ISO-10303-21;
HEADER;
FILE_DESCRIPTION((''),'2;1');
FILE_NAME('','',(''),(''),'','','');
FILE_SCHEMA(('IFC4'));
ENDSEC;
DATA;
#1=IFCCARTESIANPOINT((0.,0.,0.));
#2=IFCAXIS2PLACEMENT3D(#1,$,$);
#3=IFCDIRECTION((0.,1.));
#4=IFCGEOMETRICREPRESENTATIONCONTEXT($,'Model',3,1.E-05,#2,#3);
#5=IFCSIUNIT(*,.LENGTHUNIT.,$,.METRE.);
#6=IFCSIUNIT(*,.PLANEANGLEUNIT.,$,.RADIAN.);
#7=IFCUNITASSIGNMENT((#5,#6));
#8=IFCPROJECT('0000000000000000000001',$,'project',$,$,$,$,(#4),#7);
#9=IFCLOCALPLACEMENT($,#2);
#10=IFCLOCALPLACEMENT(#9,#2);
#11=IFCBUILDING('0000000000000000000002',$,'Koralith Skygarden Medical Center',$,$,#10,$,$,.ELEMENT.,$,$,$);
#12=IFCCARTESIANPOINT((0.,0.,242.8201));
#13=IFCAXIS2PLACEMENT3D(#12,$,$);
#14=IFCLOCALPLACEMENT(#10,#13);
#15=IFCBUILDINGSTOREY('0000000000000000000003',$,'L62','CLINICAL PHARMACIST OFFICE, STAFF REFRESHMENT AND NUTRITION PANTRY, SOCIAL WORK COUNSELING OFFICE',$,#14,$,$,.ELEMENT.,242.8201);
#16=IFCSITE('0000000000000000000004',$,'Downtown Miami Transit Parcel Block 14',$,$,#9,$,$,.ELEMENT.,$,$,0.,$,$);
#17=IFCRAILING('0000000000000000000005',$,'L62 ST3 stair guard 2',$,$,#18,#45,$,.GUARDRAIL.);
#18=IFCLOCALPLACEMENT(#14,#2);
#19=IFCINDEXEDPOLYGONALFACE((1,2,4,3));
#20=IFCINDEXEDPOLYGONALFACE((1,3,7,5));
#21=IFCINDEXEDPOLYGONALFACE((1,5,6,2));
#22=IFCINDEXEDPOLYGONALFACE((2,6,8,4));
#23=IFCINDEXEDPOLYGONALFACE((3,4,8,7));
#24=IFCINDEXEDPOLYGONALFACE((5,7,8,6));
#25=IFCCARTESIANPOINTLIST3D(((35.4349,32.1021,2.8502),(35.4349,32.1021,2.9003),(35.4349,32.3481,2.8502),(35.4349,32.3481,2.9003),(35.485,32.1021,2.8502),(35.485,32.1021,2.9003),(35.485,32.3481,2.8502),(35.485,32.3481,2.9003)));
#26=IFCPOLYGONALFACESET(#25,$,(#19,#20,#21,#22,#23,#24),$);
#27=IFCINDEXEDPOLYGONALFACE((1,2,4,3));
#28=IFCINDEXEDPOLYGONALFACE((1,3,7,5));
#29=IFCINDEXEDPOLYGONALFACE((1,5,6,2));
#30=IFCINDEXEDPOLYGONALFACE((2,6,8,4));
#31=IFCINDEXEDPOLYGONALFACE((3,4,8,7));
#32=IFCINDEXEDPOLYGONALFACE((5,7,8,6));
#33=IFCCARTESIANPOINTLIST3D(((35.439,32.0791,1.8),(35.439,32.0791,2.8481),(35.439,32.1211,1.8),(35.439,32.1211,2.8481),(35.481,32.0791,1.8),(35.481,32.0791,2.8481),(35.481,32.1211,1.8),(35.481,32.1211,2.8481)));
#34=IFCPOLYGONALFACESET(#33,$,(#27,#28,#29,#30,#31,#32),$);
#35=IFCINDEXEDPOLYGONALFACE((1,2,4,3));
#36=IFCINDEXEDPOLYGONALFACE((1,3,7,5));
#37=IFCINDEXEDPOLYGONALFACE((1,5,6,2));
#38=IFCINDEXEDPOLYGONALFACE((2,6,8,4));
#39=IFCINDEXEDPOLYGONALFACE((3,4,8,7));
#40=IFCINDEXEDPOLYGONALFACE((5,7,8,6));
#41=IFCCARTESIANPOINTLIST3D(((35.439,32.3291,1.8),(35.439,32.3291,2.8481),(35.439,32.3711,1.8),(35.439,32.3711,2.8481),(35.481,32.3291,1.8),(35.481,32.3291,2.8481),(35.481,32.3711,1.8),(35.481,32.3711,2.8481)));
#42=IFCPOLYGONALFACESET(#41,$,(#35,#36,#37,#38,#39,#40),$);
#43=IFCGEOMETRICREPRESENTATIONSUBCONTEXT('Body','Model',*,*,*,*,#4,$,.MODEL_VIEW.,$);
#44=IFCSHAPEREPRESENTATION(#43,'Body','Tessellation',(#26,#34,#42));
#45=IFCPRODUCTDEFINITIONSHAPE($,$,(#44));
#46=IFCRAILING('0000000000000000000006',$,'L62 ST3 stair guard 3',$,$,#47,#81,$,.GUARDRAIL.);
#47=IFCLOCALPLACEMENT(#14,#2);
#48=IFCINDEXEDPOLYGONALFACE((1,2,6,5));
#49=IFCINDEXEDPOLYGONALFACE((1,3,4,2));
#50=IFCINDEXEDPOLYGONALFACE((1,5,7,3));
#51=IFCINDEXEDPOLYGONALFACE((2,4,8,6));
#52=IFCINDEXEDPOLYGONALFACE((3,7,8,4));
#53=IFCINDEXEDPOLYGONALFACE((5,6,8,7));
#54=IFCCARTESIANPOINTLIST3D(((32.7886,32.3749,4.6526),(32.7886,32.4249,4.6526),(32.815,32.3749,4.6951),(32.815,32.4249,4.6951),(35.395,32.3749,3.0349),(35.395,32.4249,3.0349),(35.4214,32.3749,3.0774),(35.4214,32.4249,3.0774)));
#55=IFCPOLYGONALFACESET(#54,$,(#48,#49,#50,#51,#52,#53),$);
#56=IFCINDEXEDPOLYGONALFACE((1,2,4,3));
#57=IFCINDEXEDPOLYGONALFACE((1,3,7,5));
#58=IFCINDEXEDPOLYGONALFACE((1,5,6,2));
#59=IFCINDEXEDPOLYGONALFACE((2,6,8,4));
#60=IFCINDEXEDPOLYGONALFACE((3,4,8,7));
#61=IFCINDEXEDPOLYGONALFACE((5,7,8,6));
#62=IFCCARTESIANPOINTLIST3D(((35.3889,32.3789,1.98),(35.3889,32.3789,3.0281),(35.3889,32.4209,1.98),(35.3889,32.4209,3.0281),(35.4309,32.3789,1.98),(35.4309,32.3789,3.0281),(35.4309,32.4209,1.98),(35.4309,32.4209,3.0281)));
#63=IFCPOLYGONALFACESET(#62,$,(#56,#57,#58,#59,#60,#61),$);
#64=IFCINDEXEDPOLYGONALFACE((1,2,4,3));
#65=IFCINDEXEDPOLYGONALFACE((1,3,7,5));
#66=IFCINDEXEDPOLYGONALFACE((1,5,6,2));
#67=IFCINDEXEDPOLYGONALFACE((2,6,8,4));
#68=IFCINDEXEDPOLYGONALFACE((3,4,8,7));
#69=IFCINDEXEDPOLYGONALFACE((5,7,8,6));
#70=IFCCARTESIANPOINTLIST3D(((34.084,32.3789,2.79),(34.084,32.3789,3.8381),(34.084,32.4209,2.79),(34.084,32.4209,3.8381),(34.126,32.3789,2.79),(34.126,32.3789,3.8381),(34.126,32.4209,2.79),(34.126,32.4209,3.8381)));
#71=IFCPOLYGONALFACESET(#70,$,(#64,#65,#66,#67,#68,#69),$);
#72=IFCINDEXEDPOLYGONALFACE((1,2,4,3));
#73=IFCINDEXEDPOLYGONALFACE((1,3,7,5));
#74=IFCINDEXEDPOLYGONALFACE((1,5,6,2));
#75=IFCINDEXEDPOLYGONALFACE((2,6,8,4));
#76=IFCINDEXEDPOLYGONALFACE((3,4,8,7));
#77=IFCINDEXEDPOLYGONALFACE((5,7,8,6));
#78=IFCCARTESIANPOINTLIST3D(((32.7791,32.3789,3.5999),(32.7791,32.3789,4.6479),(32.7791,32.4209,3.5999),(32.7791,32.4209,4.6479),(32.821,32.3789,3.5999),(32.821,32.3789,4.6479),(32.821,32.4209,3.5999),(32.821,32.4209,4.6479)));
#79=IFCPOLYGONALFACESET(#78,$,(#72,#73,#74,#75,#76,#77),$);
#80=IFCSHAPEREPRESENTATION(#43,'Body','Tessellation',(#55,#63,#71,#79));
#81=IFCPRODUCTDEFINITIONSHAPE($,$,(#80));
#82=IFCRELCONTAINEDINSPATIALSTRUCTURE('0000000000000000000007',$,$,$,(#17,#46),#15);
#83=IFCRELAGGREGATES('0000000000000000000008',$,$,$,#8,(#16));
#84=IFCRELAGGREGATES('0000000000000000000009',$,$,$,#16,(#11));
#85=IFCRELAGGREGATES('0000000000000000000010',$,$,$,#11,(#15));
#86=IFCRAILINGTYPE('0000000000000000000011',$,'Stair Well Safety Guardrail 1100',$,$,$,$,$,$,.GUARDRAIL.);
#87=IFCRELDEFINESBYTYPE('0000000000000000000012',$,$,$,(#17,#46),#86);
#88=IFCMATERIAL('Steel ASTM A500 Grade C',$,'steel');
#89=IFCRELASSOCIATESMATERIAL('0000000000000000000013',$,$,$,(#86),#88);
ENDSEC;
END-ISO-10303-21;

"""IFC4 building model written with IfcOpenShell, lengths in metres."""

from ifc_helpers import new_model, si_unit, direction, frame, origin, origin_2d, place, context, subcontext, project, spatial, rectangle, extrude, material, type_object, element, save


model = new_model("IFC4")

# Units and contexts
model_context = context("Model", 3, precision=1e-05, world=origin(), true_north=direction((0.0, 1.0)))
body_context = subcontext(model_context, "Body", "Model", "MODEL_VIEW")
ifc_project = project(units=[si_unit("LENGTHUNIT", "METRE"), si_unit("PLANEANGLEUNIT", "RADIAN")], contexts=[model_context])

# Site, building, storey
site_placement = place(None, origin())
site = spatial("IfcSite", under=ifc_project, at=site_placement, Name="Downtown Miami Transit Parcel Block 14", CompositionType="ELEMENT", RefElevation=0.0)
building_placement = place(site_placement, origin())
building = spatial("IfcBuilding", under=site, at=building_placement, Name="Koralith Skygarden Medical Center", CompositionType="ELEMENT")
storey_placement = place(building_placement, frame((0.0, 0.0, 242.8201)))
storey = spatial("IfcBuildingStorey", under=building, at=storey_placement, Name="L62", Description="CLINICAL PHARMACIST OFFICE, STAFF REFRESHMENT AND NUTRITION PANTRY, SOCIAL WORK COUNSELING OFFICE", CompositionType="ELEMENT", Elevation=242.8201)

# Railings
ifc_material_1 = material(Name="Steel ASTM A500 Grade C", Category="steel")
railing_type_1 = type_object("IfcRailingType", Name="Stair Well Safety Guardrail 1100", PredefinedType="GUARDRAIL", material=ifc_material_1)
railing_1_placement = place(storey_placement, frame((35.46, 32.1001, 1.8)))
element("IfcRailing", 1, at=railing_1_placement, inside=storey, type_object=railing_type_1, Name="L62 ST3 stair guard 2", PredefinedType="GUARDRAIL", context=body_context, shape_type="SweptSolid", body=[
    extrude(rectangle(XDim=0.05, YDim=0.05, at=origin_2d()), frame((0.0, 0.002, 1.0752), z_axis=(0.0, 1.0, 0.0), x_axis=(-1.0, 0.0, 0.0)), (0.0, 0.0, 1.0), 0.2461),
    extrude(rectangle(XDim=0.042, YDim=0.042, at=origin_2d()), origin(), (0.0, 0.0, 1.0), 1.0481),
    extrude(rectangle(XDim=0.042, YDim=0.042, at=origin_2d()), frame((0.0, 0.25, 0.0)), (0.0, 0.0, 1.0), 1.0481),
])
railing_2_placement = place(storey_placement, frame((35.4099, 32.3999, 1.98)))
element("IfcRailing", 2, at=railing_2_placement, inside=storey, type_object=railing_type_1, Name="L62 ST3 stair guard 3", PredefinedType="GUARDRAIL", context=body_context, shape_type="SweptSolid", body=[
    extrude(rectangle(XDim=0.05, YDim=0.05, at=origin_2d()), frame((-0.0017, 0.0, 1.0762), z_axis=(-0.849646, 0.0, 0.527353), x_axis=(0.0, -1.0, 0.0)), (0.0, 0.0, 1.0), 3.0676),
    extrude(rectangle(XDim=0.042, YDim=0.042, at=origin_2d()), origin(), (0.0, 0.0, 1.0), 1.0481),
    extrude(rectangle(XDim=0.042, YDim=0.042, at=origin_2d()), frame((-1.3049, 0.0, 0.8101)), (0.0, 0.0, 1.0), 1.0481),
    extrude(rectangle(XDim=0.042, YDim=0.042, at=origin_2d()), frame((-2.6099, 0.0, 1.6199)), (0.0, 0.0, 1.0), 1.0481),
])

save(model, "model.ifc")
